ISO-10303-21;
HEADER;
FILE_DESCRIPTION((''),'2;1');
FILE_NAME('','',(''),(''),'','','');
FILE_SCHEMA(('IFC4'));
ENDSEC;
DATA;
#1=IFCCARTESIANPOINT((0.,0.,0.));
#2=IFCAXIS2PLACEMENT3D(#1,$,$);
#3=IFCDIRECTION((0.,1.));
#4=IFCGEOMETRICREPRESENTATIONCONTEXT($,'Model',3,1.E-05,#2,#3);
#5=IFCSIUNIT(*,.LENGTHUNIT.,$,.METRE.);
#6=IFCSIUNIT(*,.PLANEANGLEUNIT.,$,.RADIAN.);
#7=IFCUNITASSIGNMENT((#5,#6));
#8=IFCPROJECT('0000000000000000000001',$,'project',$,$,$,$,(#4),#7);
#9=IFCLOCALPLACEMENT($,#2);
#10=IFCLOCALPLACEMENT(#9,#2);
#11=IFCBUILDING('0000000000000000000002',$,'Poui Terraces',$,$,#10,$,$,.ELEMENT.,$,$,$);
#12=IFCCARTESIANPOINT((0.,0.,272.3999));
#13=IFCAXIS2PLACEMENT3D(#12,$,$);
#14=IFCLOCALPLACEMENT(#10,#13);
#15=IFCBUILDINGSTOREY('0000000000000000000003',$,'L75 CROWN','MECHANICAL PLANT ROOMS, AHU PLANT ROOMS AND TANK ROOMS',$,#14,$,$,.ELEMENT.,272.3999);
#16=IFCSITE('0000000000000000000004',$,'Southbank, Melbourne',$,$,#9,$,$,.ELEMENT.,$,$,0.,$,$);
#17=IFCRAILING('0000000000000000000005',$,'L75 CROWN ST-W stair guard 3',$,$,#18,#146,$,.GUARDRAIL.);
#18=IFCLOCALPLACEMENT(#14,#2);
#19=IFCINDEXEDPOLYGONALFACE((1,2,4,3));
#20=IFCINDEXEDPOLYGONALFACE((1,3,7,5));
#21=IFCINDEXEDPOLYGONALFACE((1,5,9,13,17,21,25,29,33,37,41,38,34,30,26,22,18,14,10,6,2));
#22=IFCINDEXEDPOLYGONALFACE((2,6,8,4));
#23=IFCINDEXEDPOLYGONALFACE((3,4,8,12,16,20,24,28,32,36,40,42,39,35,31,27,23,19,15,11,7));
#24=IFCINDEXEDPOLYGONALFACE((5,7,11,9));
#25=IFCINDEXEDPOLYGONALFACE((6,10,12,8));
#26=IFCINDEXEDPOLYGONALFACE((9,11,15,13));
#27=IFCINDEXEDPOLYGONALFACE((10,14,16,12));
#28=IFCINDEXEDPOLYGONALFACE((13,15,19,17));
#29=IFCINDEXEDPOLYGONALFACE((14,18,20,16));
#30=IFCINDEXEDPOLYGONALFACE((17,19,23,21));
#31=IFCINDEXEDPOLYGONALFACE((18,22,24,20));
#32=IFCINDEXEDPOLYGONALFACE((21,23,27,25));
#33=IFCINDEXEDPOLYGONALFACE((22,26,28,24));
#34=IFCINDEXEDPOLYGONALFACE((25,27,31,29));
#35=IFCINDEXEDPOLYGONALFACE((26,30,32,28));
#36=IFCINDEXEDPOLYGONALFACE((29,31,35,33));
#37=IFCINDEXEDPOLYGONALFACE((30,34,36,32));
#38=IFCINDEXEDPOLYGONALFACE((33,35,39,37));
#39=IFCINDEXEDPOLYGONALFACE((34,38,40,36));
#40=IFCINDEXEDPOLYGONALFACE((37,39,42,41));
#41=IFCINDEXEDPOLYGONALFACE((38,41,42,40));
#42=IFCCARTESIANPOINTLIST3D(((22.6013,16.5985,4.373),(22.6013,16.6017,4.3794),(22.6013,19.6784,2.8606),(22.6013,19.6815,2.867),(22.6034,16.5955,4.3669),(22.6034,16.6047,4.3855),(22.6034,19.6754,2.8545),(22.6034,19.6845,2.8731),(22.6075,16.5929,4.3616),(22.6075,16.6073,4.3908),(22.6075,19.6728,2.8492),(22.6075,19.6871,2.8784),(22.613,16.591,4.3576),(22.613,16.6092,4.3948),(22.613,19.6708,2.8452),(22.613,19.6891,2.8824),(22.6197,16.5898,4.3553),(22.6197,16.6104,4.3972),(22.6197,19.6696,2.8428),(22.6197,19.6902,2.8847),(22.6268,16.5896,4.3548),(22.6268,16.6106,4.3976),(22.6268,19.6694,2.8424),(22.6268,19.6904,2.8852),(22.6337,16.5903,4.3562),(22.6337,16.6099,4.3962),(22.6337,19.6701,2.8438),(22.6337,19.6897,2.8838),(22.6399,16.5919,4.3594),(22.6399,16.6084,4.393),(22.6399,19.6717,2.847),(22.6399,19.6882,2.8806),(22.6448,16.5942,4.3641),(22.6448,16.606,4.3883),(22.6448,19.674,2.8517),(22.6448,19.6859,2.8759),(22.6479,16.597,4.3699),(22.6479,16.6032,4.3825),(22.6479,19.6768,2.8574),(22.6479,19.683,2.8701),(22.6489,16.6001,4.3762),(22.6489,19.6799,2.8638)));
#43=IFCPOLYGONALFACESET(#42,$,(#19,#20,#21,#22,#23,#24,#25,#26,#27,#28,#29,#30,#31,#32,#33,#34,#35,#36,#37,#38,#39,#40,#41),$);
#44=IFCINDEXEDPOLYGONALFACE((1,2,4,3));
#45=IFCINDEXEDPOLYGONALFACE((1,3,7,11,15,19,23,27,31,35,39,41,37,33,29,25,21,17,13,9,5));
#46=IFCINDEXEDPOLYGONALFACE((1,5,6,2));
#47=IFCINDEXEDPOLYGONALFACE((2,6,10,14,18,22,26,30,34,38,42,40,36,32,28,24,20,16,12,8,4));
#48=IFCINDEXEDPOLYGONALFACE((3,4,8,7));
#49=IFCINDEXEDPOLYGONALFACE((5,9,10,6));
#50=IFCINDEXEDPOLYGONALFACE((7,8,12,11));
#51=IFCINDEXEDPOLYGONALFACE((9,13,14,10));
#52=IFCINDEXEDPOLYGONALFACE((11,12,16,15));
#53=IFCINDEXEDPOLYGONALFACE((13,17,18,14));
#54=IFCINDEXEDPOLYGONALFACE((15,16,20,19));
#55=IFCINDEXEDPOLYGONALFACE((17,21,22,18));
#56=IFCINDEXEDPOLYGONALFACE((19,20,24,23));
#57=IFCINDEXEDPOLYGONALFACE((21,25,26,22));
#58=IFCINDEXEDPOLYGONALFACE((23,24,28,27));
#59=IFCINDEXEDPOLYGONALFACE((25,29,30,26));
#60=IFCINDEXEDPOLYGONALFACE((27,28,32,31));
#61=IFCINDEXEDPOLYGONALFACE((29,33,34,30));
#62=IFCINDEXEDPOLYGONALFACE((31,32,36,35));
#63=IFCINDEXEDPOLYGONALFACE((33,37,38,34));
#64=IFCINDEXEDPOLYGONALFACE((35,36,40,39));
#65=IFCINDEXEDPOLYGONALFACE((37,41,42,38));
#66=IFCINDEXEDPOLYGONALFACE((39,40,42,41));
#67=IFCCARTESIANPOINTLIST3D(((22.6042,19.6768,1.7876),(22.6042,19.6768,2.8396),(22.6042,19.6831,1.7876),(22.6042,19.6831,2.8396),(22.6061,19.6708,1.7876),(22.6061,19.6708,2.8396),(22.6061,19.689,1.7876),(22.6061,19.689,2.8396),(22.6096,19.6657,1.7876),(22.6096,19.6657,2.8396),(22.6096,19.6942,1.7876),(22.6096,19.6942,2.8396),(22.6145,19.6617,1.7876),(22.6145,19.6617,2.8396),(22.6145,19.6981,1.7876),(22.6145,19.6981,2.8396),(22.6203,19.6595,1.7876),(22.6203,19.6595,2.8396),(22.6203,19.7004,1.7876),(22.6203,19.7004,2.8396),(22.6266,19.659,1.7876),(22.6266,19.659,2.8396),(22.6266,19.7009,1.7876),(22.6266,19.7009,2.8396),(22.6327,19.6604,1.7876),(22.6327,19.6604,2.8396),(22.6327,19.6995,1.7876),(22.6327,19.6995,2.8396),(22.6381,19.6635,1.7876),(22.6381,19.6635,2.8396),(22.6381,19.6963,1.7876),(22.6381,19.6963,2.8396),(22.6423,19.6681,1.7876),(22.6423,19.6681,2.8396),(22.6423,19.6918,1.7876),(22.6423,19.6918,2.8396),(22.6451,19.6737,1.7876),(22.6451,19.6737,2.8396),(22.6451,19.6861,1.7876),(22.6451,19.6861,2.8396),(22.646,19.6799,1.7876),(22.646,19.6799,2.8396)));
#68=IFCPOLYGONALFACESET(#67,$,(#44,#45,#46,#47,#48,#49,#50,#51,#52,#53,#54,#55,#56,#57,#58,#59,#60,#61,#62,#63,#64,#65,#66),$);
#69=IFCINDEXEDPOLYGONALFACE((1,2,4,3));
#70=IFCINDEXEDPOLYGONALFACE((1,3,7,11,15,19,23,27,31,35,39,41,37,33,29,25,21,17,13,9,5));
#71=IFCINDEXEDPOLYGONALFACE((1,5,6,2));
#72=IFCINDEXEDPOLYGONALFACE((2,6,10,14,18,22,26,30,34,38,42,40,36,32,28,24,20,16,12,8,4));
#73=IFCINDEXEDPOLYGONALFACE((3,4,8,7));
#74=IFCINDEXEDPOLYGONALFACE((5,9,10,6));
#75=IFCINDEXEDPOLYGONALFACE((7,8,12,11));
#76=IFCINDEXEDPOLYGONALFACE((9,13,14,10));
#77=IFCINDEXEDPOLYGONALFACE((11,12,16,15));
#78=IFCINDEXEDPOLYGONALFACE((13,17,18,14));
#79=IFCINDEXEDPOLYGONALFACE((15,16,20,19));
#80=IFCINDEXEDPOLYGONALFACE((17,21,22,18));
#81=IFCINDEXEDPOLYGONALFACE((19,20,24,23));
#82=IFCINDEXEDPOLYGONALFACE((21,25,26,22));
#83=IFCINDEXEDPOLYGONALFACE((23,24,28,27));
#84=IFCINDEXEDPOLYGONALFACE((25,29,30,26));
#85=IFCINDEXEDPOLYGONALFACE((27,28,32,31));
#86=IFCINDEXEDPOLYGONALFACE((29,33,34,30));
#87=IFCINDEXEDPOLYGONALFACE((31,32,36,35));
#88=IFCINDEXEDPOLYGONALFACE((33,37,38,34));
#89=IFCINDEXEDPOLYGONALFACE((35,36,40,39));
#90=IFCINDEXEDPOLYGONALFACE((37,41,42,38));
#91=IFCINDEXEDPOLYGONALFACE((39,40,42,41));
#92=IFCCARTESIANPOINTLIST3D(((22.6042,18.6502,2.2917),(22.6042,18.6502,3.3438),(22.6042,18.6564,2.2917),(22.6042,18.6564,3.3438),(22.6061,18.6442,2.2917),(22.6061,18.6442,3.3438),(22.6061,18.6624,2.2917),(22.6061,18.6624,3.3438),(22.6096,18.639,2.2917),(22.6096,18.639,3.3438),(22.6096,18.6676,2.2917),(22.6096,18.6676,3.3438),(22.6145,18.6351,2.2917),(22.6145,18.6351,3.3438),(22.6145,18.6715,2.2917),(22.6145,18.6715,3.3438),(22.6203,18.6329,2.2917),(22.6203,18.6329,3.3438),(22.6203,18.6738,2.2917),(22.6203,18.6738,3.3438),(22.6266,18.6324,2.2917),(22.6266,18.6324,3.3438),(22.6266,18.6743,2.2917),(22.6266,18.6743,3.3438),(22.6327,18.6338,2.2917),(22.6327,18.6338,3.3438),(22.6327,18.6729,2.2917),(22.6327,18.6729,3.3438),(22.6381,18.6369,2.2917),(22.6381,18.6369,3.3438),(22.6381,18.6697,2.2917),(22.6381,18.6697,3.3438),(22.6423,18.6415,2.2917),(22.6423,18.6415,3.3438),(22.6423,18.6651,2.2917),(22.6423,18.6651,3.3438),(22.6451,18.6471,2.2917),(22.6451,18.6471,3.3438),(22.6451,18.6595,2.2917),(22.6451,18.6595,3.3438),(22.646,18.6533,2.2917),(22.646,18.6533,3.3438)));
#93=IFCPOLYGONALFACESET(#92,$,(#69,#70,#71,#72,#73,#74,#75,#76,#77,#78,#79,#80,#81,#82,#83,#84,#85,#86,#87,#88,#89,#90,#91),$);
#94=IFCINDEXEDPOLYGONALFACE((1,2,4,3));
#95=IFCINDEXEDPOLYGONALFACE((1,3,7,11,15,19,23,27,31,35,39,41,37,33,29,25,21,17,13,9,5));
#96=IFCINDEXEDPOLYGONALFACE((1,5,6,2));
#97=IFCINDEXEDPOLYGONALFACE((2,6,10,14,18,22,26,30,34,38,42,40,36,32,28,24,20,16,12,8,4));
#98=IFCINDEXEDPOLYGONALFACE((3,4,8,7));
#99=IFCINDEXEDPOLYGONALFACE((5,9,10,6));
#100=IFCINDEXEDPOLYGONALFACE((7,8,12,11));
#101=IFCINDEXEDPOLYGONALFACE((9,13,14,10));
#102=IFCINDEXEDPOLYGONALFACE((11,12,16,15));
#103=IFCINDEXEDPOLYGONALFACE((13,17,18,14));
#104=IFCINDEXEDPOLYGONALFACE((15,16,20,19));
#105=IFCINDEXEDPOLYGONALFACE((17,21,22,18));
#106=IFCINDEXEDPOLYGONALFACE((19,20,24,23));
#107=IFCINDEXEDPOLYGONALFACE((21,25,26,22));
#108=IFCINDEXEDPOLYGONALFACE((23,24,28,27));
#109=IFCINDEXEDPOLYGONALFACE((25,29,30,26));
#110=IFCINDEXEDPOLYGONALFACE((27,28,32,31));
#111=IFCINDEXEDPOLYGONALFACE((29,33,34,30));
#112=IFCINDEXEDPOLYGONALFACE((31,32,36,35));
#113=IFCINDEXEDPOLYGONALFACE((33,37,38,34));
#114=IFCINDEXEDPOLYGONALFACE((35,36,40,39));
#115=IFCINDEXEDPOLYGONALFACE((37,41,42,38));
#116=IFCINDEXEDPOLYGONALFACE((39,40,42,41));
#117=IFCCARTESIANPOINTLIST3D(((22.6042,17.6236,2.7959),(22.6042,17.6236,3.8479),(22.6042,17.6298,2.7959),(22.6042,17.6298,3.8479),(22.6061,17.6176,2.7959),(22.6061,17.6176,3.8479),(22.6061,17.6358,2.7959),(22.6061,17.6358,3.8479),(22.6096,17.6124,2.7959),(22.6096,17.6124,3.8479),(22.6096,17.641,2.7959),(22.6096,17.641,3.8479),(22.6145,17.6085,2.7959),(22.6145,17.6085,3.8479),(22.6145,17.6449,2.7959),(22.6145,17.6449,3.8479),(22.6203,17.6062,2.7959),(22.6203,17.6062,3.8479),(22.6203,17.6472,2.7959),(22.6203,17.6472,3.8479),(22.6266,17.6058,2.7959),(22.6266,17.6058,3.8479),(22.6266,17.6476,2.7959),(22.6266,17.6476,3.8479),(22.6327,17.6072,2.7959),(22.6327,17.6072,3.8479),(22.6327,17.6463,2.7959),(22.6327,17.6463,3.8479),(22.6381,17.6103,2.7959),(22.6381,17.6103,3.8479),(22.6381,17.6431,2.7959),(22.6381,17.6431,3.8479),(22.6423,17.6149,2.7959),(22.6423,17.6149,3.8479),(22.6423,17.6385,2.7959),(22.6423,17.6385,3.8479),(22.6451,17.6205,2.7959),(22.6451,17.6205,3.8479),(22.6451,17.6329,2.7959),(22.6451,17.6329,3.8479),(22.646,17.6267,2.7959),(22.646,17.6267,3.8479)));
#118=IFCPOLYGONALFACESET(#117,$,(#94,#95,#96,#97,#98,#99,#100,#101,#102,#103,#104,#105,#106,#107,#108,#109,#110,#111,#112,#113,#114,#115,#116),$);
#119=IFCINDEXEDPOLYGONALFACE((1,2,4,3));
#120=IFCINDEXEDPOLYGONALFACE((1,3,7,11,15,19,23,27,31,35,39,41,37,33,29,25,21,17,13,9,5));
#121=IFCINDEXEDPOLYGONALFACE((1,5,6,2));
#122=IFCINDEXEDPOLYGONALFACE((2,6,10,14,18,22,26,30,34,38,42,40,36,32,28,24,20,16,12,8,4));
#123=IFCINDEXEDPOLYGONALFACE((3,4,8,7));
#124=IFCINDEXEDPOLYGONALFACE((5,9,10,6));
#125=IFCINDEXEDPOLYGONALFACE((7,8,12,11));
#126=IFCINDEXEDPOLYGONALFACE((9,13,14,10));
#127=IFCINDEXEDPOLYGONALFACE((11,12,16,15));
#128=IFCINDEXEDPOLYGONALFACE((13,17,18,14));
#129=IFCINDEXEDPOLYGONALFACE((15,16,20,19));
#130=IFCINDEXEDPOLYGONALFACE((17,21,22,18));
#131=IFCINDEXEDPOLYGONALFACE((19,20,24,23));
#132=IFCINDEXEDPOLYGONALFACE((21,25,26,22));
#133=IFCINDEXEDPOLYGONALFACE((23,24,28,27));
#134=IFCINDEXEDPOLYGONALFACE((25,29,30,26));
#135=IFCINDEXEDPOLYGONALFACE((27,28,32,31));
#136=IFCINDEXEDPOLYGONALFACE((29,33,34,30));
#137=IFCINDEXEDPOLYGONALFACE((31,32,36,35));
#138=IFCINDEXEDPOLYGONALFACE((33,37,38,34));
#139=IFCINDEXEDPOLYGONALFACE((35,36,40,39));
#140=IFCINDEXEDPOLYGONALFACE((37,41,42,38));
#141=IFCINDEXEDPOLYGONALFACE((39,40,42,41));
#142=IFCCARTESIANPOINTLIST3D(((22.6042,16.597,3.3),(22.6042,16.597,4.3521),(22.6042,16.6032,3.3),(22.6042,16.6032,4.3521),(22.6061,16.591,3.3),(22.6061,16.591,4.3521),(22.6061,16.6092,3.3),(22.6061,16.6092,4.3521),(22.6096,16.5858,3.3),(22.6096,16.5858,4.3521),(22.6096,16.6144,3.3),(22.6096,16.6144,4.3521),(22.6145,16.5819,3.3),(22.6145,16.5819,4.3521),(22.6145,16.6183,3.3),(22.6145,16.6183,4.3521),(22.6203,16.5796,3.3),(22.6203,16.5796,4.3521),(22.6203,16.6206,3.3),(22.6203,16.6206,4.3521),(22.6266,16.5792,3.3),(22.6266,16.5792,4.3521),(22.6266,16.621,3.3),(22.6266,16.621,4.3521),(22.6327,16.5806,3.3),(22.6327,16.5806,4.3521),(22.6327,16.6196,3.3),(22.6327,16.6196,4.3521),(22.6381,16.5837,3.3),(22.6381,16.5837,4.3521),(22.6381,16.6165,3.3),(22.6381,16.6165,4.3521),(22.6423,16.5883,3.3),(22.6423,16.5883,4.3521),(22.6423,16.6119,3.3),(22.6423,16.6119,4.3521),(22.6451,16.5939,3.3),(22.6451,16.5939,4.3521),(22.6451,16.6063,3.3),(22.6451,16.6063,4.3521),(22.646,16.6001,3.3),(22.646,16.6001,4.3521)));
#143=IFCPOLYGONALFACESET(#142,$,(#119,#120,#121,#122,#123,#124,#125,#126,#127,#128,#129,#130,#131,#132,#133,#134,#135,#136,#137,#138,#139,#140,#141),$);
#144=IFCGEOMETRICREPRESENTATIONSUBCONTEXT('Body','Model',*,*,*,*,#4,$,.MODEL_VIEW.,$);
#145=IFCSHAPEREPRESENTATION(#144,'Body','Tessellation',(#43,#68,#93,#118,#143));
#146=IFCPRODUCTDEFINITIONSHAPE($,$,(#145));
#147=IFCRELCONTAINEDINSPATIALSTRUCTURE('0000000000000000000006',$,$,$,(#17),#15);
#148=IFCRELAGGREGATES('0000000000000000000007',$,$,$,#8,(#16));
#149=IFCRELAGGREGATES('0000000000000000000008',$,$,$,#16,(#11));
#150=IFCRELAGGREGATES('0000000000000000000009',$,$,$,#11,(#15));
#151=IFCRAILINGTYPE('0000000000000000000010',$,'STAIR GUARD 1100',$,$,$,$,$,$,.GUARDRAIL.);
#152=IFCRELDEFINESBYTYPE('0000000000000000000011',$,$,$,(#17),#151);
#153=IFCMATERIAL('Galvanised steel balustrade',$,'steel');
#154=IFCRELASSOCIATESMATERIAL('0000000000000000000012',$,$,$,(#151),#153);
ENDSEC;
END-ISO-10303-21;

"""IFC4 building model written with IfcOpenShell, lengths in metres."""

from ifc_helpers import new_model, si_unit, direction, frame, origin, origin_2d, place, context, subcontext, project, spatial, circle, extrude, material, type_object, element, save


model = new_model("IFC4")

# Units and contexts
model_context = context("Model", 3, precision=1e-05, world=origin(), true_north=direction((0.0, 1.0)))
body_context = subcontext(model_context, "Body", "Model", "MODEL_VIEW")
ifc_project = project(units=[si_unit("LENGTHUNIT", "METRE"), si_unit("PLANEANGLEUNIT", "RADIAN")], contexts=[model_context])

# Site, building, storey
site_placement = place(None, origin())
site = spatial("IfcSite", under=ifc_project, at=site_placement, Name="Southbank, Melbourne", CompositionType="ELEMENT", RefElevation=0.0)
building_placement = place(site_placement, origin())
building = spatial("IfcBuilding", under=site, at=building_placement, Name="Poui Terraces", CompositionType="ELEMENT")
storey_placement = place(building_placement, frame((0.0, 0.0, 272.3999)))
storey = spatial("IfcBuildingStorey", under=building, at=storey_placement, Name="L75 CROWN", Description="MECHANICAL PLANT ROOMS, AHU PLANT ROOMS AND TANK ROOMS", CompositionType="ELEMENT", Elevation=272.3999)

# Railing
ifc_material_1 = material(Name="Galvanised steel balustrade", Category="steel")
railing_type_1 = type_object("IfcRailingType", Name="STAIR GUARD 1100", PredefinedType="GUARDRAIL", material=ifc_material_1)
railing_1_placement = place(storey_placement, frame((22.625, 19.6799, 1.7876)))
element("IfcRailing", 1, at=railing_1_placement, inside=storey, type_object=railing_type_1, Name="L75 CROWN ST-W stair guard 3", PredefinedType="GUARDRAIL", context=body_context, shape_type="SweptSolid", body=[
    extrude(circle(Radius=0.0239, at=origin_2d()), frame((0.0, 0.0, 1.0762), z_axis=(0.0, -0.897606, 0.440798), x_axis=(1.0, 0.0, 0.0)), (0.0, 0.0, 1.0), 3.4312),
    extrude(circle(Radius=0.021, at=origin_2d()), origin(), (0.0, 0.0, 1.0), 1.052),
    extrude(circle(Radius=0.021, at=origin_2d()), frame((0.0, -1.0266, 0.5042)), (0.0, 0.0, 1.0), 1.052),
    extrude(circle(Radius=0.021, at=origin_2d()), frame((0.0, -2.0532, 1.0083)), (0.0, 0.0, 1.0), 1.052),
    extrude(circle(Radius=0.021, at=origin_2d()), frame((0.0, -3.0798, 1.5125)), (0.0, 0.0, 1.0), 1.052),
])

save(model, "model.ifc")
